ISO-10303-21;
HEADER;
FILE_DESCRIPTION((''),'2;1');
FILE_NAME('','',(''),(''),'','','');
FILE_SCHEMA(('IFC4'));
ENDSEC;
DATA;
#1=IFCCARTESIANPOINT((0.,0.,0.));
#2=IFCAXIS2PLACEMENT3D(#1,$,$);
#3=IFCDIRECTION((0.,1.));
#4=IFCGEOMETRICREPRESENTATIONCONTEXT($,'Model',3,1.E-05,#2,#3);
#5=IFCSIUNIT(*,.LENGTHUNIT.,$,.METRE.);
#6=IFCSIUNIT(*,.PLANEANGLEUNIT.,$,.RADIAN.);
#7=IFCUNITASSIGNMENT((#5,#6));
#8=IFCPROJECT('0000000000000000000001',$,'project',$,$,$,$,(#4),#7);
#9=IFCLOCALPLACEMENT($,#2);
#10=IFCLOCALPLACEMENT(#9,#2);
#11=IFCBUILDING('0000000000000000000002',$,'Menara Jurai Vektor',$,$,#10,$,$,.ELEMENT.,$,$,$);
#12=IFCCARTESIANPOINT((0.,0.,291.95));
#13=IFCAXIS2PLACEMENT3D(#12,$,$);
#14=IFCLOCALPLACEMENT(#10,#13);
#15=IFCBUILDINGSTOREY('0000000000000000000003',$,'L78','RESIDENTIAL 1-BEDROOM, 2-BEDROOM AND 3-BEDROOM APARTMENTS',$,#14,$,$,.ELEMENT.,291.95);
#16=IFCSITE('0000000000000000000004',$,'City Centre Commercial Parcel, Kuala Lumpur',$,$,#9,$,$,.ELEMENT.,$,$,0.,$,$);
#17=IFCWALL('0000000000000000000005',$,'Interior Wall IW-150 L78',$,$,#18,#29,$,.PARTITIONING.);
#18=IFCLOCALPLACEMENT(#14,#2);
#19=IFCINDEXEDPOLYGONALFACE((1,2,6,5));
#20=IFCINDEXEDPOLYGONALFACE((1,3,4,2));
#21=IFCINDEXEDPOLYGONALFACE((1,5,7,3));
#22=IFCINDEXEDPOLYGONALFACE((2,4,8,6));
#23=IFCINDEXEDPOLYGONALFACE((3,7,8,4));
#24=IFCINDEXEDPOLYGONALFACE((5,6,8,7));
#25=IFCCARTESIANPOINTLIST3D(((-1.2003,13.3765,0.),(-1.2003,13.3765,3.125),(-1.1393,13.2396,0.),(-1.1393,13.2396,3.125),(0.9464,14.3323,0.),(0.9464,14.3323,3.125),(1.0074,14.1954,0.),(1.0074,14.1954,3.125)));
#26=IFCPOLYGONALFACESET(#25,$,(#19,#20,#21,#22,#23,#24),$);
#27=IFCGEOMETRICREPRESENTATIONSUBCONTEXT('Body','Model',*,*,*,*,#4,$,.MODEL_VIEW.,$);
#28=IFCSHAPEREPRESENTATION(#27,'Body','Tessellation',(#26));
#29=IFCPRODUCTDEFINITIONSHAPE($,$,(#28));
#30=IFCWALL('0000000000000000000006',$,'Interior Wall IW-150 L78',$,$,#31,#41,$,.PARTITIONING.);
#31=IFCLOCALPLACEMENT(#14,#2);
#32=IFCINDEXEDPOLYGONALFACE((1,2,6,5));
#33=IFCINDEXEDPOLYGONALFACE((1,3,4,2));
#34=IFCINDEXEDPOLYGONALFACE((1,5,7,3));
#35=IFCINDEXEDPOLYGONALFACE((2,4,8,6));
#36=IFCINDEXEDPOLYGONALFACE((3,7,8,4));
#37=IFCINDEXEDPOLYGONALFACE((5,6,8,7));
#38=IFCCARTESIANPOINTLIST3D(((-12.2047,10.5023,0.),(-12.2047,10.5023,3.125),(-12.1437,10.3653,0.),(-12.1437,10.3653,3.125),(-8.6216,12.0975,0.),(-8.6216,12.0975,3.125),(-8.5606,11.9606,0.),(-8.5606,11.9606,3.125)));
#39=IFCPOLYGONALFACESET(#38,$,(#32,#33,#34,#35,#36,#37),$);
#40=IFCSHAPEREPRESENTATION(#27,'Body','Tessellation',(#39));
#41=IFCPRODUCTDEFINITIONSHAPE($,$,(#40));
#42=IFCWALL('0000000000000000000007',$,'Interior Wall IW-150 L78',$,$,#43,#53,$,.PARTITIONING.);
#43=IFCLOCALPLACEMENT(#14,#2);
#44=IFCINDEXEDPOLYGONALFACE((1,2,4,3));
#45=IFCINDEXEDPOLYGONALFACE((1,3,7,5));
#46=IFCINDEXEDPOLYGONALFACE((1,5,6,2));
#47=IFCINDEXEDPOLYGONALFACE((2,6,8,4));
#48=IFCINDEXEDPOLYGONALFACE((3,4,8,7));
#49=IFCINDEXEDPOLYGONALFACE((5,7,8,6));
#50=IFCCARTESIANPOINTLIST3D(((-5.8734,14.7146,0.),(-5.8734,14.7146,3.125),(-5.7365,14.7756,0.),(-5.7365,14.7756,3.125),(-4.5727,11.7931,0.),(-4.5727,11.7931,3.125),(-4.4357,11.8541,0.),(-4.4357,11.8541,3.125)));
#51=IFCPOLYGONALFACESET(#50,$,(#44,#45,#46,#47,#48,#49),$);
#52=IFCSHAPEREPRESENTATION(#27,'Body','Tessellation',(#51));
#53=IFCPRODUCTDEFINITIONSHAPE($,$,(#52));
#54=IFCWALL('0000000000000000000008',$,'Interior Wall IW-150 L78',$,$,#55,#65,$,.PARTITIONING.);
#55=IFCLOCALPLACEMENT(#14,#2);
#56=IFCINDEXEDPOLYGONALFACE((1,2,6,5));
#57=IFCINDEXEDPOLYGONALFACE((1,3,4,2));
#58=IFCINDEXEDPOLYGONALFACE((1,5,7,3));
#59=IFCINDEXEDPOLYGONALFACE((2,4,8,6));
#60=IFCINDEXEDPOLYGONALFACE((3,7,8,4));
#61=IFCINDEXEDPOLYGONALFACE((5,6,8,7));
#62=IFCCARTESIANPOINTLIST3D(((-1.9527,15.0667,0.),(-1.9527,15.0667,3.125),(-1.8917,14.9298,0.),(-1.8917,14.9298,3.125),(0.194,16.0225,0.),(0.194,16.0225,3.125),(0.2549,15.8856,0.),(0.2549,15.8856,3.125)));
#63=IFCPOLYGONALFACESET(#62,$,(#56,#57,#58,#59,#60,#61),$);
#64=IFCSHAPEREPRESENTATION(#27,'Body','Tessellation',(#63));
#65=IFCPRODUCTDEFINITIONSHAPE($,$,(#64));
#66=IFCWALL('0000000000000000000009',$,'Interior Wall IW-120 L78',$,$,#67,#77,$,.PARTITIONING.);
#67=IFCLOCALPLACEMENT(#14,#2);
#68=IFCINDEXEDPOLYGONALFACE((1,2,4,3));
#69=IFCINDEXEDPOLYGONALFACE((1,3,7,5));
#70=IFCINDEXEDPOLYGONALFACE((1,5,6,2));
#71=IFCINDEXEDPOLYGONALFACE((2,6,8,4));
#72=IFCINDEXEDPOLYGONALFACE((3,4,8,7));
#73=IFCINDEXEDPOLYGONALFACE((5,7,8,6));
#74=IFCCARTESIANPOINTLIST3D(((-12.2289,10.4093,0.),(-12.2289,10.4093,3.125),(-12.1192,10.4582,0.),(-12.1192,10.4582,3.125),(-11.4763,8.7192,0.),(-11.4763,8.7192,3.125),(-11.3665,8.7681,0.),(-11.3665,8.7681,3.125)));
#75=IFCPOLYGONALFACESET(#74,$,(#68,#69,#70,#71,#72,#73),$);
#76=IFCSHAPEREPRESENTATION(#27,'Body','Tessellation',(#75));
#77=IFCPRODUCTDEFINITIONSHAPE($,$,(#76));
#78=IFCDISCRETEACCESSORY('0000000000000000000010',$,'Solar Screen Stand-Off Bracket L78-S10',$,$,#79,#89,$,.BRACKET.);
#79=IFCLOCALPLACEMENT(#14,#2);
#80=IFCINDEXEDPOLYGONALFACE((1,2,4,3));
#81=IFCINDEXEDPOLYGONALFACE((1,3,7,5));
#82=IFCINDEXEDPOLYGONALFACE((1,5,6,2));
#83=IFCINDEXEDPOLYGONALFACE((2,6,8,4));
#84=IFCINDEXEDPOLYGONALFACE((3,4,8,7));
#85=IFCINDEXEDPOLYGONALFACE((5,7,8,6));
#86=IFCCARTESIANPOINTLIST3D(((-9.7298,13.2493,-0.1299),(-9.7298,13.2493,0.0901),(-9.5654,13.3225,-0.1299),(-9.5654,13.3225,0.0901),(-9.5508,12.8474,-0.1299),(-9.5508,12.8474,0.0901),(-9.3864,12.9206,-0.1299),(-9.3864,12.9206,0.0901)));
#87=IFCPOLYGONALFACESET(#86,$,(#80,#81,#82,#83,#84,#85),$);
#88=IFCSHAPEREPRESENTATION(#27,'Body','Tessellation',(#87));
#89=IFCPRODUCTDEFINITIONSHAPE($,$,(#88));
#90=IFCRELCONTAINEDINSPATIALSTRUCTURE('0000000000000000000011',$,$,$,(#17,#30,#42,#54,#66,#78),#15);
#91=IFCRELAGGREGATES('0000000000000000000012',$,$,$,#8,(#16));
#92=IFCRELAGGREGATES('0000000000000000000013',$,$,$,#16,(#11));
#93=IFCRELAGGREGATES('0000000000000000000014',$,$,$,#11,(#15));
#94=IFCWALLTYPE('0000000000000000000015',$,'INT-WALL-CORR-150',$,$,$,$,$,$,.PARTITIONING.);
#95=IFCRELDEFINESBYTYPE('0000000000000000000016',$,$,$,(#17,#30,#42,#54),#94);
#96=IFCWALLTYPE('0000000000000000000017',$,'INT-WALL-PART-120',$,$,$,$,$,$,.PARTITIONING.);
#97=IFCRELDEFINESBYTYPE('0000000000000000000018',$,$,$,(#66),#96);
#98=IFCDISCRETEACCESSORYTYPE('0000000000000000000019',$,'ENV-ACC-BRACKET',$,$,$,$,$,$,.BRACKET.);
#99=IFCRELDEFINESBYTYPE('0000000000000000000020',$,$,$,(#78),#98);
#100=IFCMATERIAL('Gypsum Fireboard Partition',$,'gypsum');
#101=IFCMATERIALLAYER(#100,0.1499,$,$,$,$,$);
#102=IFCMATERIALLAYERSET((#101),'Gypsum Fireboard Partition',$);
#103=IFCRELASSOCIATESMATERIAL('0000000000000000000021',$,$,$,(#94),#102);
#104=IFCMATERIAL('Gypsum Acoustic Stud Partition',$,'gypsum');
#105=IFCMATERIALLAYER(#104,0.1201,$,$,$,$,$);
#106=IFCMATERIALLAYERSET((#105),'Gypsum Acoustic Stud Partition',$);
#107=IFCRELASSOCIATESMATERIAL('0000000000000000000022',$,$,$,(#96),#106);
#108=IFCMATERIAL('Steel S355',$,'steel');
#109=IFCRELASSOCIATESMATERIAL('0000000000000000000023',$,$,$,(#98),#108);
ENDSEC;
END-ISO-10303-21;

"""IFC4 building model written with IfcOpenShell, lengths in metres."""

from ifc_helpers import new_model, si_unit, direction, frame, frame_2d, origin, origin_2d, place, context, subcontext, project, spatial, rectangle, extrude, material, layer, layer_set, type_object, element, save


model = new_model("IFC4")

# Units and contexts
model_context = context("Model", 3, precision=1e-05, world=origin(), true_north=direction((0.0, 1.0)))
body_context = subcontext(model_context, "Body", "Model", "MODEL_VIEW")
ifc_project = project(units=[si_unit("LENGTHUNIT", "METRE"), si_unit("PLANEANGLEUNIT", "RADIAN")], contexts=[model_context])

# Site, building, storey
site_placement = place(None, origin())
site = spatial("IfcSite", under=ifc_project, at=site_placement, Name="City Centre Commercial Parcel, Kuala Lumpur", CompositionType="ELEMENT", RefElevation=0.0)
building_placement = place(site_placement, origin())
building = spatial("IfcBuilding", under=site, at=building_placement, Name="Menara Jurai Vektor", CompositionType="ELEMENT")
storey_placement = place(building_placement, frame((0.0, 0.0, 291.95)))
storey = spatial("IfcBuildingStorey", under=building, at=storey_placement, Name="L78", Description="RESIDENTIAL 1-BEDROOM, 2-BEDROOM AND 3-BEDROOM APARTMENTS", CompositionType="ELEMENT", Elevation=291.95)

# Shared definitions
ifc_material_1 = material(Name="Steel S355", Category="steel")

# Shared definitions
ifc_material_2 = material(Name="Gypsum Fireboard Partition", Category="gypsum")
ifc_layer_1 = layer(ifc_material_2, 0.1499)
ifc_layer_set_1 = layer_set([ifc_layer_1], Name="Gypsum Fireboard Partition")
wall_type_1 = type_object("IfcWallType", Name="INT-WALL-CORR-150", PredefinedType="PARTITIONING", material=ifc_layer_set_1)

# Wall
wall_1_placement = place(storey_placement, frame((-1.1697, 13.3081, 0.0), z_axis=(0.0, 0.0, 1.0), x_axis=(0.913541, 0.406746, 0.0)))
element("IfcWall", 1, at=wall_1_placement, inside=storey, type_object=wall_type_1, Name="Interior Wall IW-150 L78", PredefinedType="PARTITIONING", context=body_context, shape_type="SweptSolid", body=[
    extrude(rectangle(XDim=2.3499, YDim=0.1499, at=frame_2d((1.1748, 0.0))), origin(), (0.0, 0.0, 1.0), 3.125),
])

# Wall
wall_2_placement = place(storey_placement, frame((-12.1741, 10.4338, 0.0), z_axis=(0.0, 0.0, 1.0), x_axis=(0.91355, 0.406727, 0.0)))
element("IfcWall", 2, at=wall_2_placement, inside=storey, type_object=wall_type_1, Name="Interior Wall IW-150 L78", PredefinedType="PARTITIONING", context=body_context, shape_type="SweptSolid", body=[
    extrude(rectangle(XDim=3.9221, YDim=0.1499, at=frame_2d((1.9609, 0.0))), origin(), (0.0, 0.0, 1.0), 3.125),
])

# Wall
wall_3_placement = place(storey_placement, frame((-4.5042, 11.8235, 0.0), z_axis=(0.0, 0.0, 1.0), x_axis=(-0.406733, 0.913547, 0.0)))
element("IfcWall", 3, at=wall_3_placement, inside=storey, type_object=wall_type_1, Name="Interior Wall IW-150 L78", PredefinedType="PARTITIONING", context=body_context, shape_type="SweptSolid", body=[
    extrude(rectangle(XDim=3.198, YDim=0.1499, at=frame_2d((1.5991, 0.0))), origin(), (0.0, 0.0, 1.0), 3.125),
])

# Walls
wall_4_placement = place(storey_placement, frame((-1.9221, 14.9983, 0.0), z_axis=(0.0, 0.0, 1.0), x_axis=(0.913541, 0.406746, 0.0)))
element("IfcWall", 4, at=wall_4_placement, inside=storey, type_object=wall_type_1, Name="Interior Wall IW-150 L78", PredefinedType="PARTITIONING", context=body_context, shape_type="SweptSolid", body=[
    extrude(rectangle(XDim=2.3499, YDim=0.1499, at=frame_2d((1.1748, 0.0))), origin(), (0.0, 0.0, 1.0), 3.125),
])
ifc_material_3 = material(Name="Gypsum Acoustic Stud Partition", Category="gypsum")
ifc_layer_2 = layer(ifc_material_3, 0.1201)
ifc_layer_set_2 = layer_set([ifc_layer_2], Name="Gypsum Acoustic Stud Partition")
wall_type_2 = type_object("IfcWallType", Name="INT-WALL-PART-120", PredefinedType="PARTITIONING", material=ifc_layer_set_2)
wall_5_placement = place(storey_placement, frame((-11.4214, 8.7437, 0.0), z_axis=(0.0, 0.0, 1.0), x_axis=(-0.406812, 0.913512, 0.0)))
element("IfcWall", 5, at=wall_5_placement, inside=storey, type_object=wall_type_2, Name="Interior Wall IW-120 L78", PredefinedType="PARTITIONING", context=body_context, shape_type="SweptSolid", body=[
    extrude(rectangle(XDim=1.8501, YDim=0.1201, at=frame_2d((0.925, 0.0))), origin(), (0.0, 0.0, 1.0), 3.125),
])

# Discrete accessory
discrete_accessory_type = type_object("IfcDiscreteAccessoryType", Name="ENV-ACC-BRACKET", PredefinedType="BRACKET", material=ifc_material_1)
discrete_accessory_placement = place(storey_placement, frame((-9.5581, 13.085, -0.1299), z_axis=(0.0, 0.0, 1.0), x_axis=(-0.913545, -0.406737, 0.0)))
element("IfcDiscreteAccessory", 6, at=discrete_accessory_placement, inside=storey, type_object=discrete_accessory_type, Name="Solar Screen Stand-Off Bracket L78-S10", PredefinedType="BRACKET", context=body_context, shape_type="SweptSolid", body=[
    extrude(rectangle(XDim=0.1799, YDim=0.4399, at=origin_2d()), origin(), (0.0, 0.0, 1.0), 0.22),
])

save(model, "model.ifc")
